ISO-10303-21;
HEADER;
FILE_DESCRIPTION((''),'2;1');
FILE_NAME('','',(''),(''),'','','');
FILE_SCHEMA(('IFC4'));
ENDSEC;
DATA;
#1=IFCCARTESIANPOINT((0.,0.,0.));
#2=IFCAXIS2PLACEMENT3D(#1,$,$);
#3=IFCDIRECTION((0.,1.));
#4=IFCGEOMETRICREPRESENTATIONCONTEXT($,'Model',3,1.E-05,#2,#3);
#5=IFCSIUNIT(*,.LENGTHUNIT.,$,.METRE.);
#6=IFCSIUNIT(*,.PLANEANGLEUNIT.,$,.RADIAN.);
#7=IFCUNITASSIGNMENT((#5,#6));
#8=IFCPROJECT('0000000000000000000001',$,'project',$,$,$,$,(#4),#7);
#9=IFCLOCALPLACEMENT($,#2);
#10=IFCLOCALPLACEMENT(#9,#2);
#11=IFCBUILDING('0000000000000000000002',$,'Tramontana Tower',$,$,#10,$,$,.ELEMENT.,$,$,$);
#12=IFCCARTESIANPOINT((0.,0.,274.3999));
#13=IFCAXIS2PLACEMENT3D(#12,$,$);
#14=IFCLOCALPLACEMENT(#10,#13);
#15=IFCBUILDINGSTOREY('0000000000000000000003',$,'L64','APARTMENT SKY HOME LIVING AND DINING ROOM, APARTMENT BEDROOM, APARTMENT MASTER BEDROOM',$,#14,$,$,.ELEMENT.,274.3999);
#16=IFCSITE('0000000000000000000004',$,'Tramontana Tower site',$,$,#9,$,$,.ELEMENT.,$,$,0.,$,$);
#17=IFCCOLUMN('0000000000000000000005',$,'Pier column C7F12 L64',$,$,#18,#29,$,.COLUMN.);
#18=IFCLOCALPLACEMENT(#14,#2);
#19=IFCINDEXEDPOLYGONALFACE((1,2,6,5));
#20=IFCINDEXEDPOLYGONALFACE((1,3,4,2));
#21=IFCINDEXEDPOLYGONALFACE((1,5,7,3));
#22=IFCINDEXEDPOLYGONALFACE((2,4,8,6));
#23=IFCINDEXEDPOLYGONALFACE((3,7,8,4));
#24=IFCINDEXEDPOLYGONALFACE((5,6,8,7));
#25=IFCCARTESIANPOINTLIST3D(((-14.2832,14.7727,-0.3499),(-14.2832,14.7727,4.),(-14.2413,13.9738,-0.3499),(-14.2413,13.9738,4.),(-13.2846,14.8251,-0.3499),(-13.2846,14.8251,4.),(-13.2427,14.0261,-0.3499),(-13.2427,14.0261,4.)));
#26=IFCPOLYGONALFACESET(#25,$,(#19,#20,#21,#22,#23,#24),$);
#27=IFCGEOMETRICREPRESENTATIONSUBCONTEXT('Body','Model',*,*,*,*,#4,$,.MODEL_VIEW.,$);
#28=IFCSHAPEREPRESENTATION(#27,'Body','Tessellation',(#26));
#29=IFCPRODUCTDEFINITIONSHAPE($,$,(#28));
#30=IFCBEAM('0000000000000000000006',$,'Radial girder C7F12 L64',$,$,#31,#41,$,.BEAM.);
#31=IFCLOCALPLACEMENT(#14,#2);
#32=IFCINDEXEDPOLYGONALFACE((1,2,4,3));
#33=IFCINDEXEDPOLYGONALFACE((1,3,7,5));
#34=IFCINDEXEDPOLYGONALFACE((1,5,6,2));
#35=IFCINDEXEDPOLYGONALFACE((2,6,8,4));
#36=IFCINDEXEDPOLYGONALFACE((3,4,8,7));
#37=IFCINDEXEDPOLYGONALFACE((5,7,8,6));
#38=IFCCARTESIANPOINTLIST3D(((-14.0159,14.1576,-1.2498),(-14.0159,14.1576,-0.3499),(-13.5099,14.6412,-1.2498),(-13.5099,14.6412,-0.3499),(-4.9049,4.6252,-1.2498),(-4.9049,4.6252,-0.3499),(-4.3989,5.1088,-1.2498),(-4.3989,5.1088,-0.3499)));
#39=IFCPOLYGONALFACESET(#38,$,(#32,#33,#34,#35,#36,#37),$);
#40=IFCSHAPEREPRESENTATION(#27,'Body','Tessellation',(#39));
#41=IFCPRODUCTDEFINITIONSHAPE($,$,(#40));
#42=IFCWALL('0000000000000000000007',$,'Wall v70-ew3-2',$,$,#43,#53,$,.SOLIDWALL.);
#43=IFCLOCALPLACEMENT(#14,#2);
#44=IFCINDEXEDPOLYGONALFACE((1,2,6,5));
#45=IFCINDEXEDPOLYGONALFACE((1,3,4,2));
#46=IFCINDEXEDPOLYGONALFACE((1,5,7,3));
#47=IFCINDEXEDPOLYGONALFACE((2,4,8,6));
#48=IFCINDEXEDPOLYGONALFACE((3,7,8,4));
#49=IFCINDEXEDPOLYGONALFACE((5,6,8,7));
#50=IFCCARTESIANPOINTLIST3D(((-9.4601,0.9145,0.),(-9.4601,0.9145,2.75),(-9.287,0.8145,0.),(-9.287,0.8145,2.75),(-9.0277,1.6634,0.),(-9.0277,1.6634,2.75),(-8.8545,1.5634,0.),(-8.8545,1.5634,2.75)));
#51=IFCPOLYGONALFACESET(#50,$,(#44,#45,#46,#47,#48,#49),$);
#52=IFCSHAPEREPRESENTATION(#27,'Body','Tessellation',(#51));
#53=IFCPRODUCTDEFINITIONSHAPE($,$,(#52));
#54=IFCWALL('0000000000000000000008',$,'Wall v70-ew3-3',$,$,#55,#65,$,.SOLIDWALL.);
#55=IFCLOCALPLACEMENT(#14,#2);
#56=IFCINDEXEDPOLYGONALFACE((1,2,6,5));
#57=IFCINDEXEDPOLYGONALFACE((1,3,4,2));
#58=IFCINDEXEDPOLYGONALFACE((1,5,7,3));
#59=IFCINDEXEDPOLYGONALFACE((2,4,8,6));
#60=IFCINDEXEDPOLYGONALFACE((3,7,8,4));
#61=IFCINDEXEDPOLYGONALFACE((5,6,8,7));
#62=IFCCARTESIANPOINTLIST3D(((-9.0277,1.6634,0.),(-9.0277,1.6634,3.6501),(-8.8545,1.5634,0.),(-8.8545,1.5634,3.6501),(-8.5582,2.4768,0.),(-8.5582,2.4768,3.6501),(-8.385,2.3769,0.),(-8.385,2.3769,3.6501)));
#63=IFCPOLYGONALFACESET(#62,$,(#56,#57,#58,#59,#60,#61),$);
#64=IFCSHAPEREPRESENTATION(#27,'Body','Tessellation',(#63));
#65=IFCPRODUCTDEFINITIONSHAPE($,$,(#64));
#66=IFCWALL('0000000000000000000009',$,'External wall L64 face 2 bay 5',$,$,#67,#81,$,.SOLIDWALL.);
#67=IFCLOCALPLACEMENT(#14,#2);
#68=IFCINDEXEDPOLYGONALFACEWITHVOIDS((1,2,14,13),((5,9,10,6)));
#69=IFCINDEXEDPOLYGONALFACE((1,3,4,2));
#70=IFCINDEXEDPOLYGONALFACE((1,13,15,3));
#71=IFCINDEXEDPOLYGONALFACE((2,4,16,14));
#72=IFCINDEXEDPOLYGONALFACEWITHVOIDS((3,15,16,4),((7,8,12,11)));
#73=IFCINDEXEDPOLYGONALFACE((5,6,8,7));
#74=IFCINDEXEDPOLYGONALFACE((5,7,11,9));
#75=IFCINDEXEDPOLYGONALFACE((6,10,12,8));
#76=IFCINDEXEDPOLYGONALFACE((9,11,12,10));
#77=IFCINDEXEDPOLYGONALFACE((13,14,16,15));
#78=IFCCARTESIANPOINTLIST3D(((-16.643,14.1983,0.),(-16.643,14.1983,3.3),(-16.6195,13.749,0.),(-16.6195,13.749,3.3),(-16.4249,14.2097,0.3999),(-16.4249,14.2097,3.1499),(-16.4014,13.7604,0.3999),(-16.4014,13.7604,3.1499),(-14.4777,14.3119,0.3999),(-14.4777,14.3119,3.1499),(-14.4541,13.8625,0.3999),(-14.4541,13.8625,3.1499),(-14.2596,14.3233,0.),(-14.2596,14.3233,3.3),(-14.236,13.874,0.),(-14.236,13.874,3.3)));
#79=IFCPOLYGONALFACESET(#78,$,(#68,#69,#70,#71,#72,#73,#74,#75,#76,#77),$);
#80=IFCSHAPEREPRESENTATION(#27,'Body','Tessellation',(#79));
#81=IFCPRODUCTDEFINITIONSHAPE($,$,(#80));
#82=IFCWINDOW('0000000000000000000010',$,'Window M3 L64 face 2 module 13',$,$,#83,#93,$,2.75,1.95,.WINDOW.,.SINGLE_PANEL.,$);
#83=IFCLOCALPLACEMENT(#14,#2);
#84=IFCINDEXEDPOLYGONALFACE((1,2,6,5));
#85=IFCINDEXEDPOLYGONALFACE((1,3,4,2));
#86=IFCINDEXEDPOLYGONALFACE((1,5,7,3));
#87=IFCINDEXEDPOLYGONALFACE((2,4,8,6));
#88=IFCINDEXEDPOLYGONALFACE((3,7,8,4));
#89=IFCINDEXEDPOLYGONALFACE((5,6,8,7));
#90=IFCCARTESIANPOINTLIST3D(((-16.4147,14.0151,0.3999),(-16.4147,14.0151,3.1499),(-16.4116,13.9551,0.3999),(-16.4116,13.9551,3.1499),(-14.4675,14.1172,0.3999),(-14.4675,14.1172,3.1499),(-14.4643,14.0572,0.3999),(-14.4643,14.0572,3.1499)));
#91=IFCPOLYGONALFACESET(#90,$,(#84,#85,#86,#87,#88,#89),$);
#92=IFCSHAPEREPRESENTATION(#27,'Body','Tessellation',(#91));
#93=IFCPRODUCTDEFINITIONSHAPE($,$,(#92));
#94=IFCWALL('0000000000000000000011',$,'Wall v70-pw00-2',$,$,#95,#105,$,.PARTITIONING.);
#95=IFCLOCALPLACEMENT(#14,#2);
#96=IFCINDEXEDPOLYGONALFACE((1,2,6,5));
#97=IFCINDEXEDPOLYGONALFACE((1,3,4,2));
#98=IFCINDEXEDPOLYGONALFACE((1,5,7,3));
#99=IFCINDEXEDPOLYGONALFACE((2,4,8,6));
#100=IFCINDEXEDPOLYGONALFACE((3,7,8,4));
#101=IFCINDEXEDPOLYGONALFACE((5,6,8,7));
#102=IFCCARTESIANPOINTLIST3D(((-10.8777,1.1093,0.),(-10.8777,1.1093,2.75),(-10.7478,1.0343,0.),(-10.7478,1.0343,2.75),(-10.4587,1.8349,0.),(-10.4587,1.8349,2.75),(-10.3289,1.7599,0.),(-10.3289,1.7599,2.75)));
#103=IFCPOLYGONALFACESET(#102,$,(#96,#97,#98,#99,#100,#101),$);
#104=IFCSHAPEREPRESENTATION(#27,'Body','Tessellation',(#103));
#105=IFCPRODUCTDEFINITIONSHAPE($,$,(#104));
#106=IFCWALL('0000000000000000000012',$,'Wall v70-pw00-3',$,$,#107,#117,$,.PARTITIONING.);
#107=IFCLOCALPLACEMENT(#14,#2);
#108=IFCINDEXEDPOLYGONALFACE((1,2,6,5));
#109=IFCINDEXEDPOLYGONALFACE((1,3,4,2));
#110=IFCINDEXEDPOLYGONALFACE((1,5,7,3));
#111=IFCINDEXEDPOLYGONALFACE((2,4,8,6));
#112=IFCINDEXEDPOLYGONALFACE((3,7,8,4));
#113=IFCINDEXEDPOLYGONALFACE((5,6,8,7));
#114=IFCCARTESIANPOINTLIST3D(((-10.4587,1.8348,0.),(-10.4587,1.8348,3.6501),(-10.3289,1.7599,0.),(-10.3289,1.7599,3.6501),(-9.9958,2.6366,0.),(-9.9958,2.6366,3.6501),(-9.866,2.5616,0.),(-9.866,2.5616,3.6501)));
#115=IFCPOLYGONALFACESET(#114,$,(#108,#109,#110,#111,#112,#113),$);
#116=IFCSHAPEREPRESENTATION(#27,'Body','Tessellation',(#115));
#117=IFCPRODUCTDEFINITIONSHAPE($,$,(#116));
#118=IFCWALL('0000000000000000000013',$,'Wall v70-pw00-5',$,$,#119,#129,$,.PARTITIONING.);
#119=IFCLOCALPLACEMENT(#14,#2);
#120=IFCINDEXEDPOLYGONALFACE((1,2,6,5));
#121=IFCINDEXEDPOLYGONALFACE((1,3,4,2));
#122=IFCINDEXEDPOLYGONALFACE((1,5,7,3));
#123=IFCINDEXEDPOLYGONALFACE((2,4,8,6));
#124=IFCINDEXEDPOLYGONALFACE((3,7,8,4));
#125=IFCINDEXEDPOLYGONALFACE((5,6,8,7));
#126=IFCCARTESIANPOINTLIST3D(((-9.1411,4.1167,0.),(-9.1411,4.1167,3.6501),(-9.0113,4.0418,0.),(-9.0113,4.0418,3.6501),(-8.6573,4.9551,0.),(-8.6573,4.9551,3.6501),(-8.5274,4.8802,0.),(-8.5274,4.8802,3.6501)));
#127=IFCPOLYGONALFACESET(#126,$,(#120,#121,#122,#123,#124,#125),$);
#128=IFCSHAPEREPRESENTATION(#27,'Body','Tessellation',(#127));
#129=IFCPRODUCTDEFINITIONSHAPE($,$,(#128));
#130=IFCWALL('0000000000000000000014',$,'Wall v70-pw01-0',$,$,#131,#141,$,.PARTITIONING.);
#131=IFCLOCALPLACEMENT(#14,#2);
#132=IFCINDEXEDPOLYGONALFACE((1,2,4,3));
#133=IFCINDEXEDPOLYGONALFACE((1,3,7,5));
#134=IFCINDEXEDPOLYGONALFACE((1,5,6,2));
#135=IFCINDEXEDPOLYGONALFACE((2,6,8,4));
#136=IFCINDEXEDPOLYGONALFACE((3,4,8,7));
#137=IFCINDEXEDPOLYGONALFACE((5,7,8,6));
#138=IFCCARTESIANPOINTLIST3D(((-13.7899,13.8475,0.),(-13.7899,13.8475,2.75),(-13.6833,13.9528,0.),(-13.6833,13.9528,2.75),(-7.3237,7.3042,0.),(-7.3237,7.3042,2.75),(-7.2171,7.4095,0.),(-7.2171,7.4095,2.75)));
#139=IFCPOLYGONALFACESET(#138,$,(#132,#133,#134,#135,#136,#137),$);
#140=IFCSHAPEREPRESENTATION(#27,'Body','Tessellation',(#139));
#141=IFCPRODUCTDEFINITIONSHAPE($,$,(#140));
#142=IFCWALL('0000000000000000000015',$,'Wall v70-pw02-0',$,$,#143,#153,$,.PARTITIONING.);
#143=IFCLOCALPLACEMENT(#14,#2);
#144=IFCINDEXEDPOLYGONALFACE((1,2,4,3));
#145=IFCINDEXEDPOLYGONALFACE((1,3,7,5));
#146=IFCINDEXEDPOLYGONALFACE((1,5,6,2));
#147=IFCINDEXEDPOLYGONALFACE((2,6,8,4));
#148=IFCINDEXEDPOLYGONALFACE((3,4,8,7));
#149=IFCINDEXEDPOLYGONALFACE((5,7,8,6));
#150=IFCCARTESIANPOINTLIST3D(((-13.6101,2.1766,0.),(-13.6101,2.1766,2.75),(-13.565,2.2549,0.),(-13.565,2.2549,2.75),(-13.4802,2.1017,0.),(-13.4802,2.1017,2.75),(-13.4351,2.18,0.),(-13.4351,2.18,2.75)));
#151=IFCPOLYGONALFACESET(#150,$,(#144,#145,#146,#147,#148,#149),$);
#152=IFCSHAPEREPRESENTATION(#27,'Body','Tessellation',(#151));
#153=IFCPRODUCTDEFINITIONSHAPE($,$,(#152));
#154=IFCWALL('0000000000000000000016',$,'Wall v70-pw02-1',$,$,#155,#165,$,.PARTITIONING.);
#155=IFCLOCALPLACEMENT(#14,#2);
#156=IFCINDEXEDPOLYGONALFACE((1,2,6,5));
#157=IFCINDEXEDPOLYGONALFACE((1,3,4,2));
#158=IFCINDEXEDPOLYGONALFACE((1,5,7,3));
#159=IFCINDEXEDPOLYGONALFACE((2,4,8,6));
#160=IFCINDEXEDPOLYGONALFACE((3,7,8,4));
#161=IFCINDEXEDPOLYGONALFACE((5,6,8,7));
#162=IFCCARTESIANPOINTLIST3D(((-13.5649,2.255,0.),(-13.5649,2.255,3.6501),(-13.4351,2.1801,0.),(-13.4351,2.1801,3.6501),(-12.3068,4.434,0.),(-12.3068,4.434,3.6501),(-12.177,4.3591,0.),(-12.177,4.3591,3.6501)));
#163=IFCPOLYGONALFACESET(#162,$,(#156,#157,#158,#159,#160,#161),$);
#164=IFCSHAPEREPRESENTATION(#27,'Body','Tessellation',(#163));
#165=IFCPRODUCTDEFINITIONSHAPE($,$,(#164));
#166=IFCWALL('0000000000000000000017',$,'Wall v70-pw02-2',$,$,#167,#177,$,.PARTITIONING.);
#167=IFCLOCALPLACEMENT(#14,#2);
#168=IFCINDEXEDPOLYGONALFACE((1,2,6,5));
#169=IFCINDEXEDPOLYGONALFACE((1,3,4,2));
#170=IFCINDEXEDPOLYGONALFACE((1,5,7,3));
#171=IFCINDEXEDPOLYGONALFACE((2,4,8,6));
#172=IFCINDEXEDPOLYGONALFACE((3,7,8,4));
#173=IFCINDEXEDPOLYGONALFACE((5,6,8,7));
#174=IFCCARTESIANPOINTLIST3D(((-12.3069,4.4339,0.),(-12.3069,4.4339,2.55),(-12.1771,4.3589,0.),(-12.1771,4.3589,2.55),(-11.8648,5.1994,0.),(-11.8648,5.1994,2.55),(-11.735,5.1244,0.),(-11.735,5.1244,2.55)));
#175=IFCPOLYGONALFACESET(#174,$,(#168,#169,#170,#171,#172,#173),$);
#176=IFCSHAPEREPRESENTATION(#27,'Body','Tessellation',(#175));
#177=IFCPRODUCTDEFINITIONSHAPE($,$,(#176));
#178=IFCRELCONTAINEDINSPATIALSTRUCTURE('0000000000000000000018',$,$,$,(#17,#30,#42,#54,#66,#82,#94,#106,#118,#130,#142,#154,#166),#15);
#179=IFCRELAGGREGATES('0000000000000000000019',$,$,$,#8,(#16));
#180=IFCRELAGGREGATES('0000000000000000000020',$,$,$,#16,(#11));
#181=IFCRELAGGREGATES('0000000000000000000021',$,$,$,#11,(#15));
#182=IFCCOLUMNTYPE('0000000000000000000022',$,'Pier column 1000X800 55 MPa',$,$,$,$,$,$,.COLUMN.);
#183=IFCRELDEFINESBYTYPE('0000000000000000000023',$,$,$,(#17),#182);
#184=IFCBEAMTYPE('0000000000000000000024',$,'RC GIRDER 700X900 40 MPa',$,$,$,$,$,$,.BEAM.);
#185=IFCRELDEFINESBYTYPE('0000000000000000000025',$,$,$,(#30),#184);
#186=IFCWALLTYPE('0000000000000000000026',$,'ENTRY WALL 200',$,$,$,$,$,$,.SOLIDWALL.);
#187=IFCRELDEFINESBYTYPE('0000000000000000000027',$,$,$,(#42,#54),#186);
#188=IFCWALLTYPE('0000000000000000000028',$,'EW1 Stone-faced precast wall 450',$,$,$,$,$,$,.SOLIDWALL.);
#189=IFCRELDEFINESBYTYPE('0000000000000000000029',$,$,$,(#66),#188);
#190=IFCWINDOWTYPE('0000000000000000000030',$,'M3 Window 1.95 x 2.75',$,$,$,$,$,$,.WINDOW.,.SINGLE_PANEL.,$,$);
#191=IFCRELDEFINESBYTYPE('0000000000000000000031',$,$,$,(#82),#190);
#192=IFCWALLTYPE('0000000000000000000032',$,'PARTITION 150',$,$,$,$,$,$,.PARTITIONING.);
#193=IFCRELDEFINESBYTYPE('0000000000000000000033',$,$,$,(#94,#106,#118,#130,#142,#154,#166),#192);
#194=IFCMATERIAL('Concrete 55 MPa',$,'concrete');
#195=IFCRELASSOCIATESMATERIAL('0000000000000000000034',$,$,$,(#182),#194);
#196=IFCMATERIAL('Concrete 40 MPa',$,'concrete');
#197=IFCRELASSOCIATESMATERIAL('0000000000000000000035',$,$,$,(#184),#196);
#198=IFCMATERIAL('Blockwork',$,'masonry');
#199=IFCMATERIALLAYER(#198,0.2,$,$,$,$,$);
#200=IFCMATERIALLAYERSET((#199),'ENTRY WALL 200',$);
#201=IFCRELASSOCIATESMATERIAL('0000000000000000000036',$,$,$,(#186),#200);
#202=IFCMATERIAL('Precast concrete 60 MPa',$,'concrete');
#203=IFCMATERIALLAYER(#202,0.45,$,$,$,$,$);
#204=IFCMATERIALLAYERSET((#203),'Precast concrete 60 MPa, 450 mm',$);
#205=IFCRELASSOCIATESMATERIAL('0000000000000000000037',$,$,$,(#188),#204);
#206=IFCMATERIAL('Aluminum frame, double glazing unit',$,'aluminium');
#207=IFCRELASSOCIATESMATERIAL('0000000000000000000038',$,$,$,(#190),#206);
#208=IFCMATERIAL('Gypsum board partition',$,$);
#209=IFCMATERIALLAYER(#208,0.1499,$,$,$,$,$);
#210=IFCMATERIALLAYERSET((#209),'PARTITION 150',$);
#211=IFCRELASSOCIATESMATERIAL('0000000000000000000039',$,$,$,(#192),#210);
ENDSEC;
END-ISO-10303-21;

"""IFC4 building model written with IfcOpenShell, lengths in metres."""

from ifc_helpers import new_model, si_unit, direction, frame, frame_2d, origin, origin_2d, place, context, subcontext, project, spatial, rectangle, extrude, material, layer, layer_set, material_profile, profile_set, type_object, element, fill, save


model = new_model("IFC4")

# Units and contexts
model_context = context("Model", 3, precision=1e-05, world=origin(), true_north=direction((0.0, 1.0)))
body_context = subcontext(model_context, "Body", "Model", "MODEL_VIEW")
ifc_project = project(units=[si_unit("LENGTHUNIT", "METRE"), si_unit("PLANEANGLEUNIT", "RADIAN")], contexts=[model_context])

# Site, building, storey
site_placement = place(None, origin())
site = spatial("IfcSite", under=ifc_project, at=site_placement, Name="Tramontana Tower site", CompositionType="ELEMENT", RefElevation=0.0)
building_placement = place(site_placement, origin())
building = spatial("IfcBuilding", under=site, at=building_placement, Name="Tramontana Tower", CompositionType="ELEMENT")
storey_placement = place(building_placement, frame((0.0, 0.0, 274.3999)))
storey = spatial("IfcBuildingStorey", under=building, at=storey_placement, Name="L64", Description="APARTMENT SKY HOME LIVING AND DINING ROOM, APARTMENT BEDROOM, APARTMENT MASTER BEDROOM", CompositionType="ELEMENT", Elevation=274.3999)

# Column
ifc_material_1 = material(Name="Concrete 55 MPa", Category="concrete")
ifc_material_profile_1 = material_profile(ifc_material_1, rectangle(XDim=1.0, YDim=0.8, at=origin_2d()), Name="Pier column 1000X800 55 MPa")
ifc_profile_set_1 = profile_set([ifc_material_profile_1], Name="Concrete 55 MPa")
column_type = type_object("IfcColumnType", Name="Pier column 1000X800 55 MPa", PredefinedType="COLUMN", material=ifc_profile_set_1)
column_placement = place(storey_placement, frame((-13.7629, 14.3994, -0.3499), z_axis=(0.0, 0.0, 1.0), x_axis=(-0.99863, -0.052336, 0.0)))
element("IfcColumn", 1, at=column_placement, inside=storey, type_object=column_type, Name="Pier column C7F12 L64", PredefinedType="COLUMN", context=body_context, shape_type="SweptSolid", body=[
    extrude(rectangle(XDim=1.0, YDim=0.8, at=origin_2d()), origin(), (0.0, 0.0, 1.0), 4.3499),
])

# Beam
ifc_material_2 = material(Name="Concrete 40 MPa", Category="concrete")
ifc_material_profile_2 = material_profile(ifc_material_2, rectangle(XDim=0.7, YDim=0.8999, at=origin_2d()), Name="RC GIRDER 700X900 40 MPa")
ifc_profile_set_2 = profile_set([ifc_material_profile_2], Name="Concrete 40 MPa")
beam_type = type_object("IfcBeamType", Name="RC GIRDER 700X900 40 MPa", PredefinedType="BEAM", material=ifc_profile_set_2)
beam_placement = place(storey_placement, frame((-13.7629, 14.3994, -0.7998), z_axis=(0.690948, -0.722904, 0.0), x_axis=(0.722904, 0.690948, 0.0)))
element("IfcBeam", 2, at=beam_placement, inside=storey, type_object=beam_type, Name="Radial girder C7F12 L64", PredefinedType="BEAM", context=body_context, shape_type="SweptSolid", body=[
    extrude(rectangle(XDim=0.7, YDim=0.8999, at=origin_2d()), origin(), (0.0, 0.0, 1.0), 13.1863),
])

# Walls
ifc_material_3 = material(Name="Blockwork", Category="masonry")
ifc_layer_1 = layer(ifc_material_3, 0.2)
ifc_layer_set_1 = layer_set([ifc_layer_1], Name="ENTRY WALL 200")
wall_type_1 = type_object("IfcWallType", Name="ENTRY WALL 200", PredefinedType="SOLIDWALL", material=ifc_layer_set_1)
wall_1_placement = place(storey_placement, frame((-9.3735, 0.8645, 0.0), z_axis=(0.0, 0.0, 1.0), x_axis=(0.500056, 0.865993, 0.0)))
element("IfcWall", 3, at=wall_1_placement, inside=storey, type_object=wall_type_1, Name="Wall v70-ew3-2", PredefinedType="SOLIDWALL", context=body_context, shape_type="SweptSolid", body=[
    extrude(rectangle(XDim=0.8647, YDim=0.2, at=frame_2d((0.4324, 0.0))), origin(), (0.0, 0.0, 1.0), 2.75),
])
wall_2_placement = place(storey_placement, frame((-8.9412, 1.6133, 0.0), z_axis=(0.0, 0.0, 1.0), x_axis=(0.499857, 0.866108, 0.0)))
element("IfcWall", 4, at=wall_2_placement, inside=storey, type_object=wall_type_1, Name="Wall v70-ew3-3", PredefinedType="SOLIDWALL", context=body_context, shape_type="SweptSolid", body=[
    extrude(rectangle(XDim=0.9392, YDim=0.2, at=frame_2d((0.4697, 0.0))), origin(), (0.0, 0.0, 1.0), 3.6501),
])

# Wall, opening, window
ifc_material_4 = material(Name="Precast concrete 60 MPa", Category="concrete")
ifc_layer_2 = layer(ifc_material_4, 0.45)
ifc_layer_set_2 = layer_set([ifc_layer_2], Name="Precast concrete 60 MPa, 450 mm")
wall_type_2 = type_object("IfcWallType", Name="EW1 Stone-faced precast wall 450", PredefinedType="SOLIDWALL", material=ifc_layer_set_2)
wall_3_placement = place(storey_placement, frame((-14.2478, 14.0986, 0.0), z_axis=(0.0, 0.0, 1.0), x_axis=(-0.998628, -0.052371, 0.0)))
wall_3 = element("IfcWall", 5, at=wall_3_placement, inside=storey, type_object=wall_type_2, Name="External wall L64 face 2 bay 5", PredefinedType="SOLIDWALL", context=body_context, shape_type="SweptSolid", body=[
    extrude(rectangle(XDim=2.3867, YDim=0.45, at=frame_2d((1.1934, 0.0))), origin(), (0.0, 0.0, 1.0), 3.3),
])
opening_1_placement = place(wall_3_placement, frame((0.2183, 0.0, 0.3999)))
opening_1 = element("IfcOpeningElement", 6, at=opening_1_placement, cuts=wall_3, PredefinedType="OPENING", context=body_context, shape_type="SweptSolid", body=[
    extrude(rectangle(XDim=1.95, YDim=2.75, at=frame_2d((0.9751, 1.375))), frame((0.0, 0.2349, 0.0), z_axis=(0.0, -1.0, 0.0), x_axis=(1.0, 0.0, 0.0)), (0.0, 0.0, 1.0), 0.47),
])
ifc_material_5 = material(Name="Aluminum frame, double glazing unit", Category="aluminium")
window_type = type_object("IfcWindowType", Name="M3 Window 1.95 x 2.75", PartitioningType="SINGLE_PANEL", PredefinedType="WINDOW", material=ifc_material_5)
window_placement = place(opening_1_placement, origin())
window = element("IfcWindow", 7, at=window_placement, inside=storey, type_object=window_type, Name="Window M3 L64 face 2 module 13", OverallHeight=2.75, OverallWidth=1.95, PartitioningType="SINGLE_PANEL", PredefinedType="WINDOW", context=body_context, shape_type="SweptSolid", body=[
    extrude(rectangle(XDim=1.95, YDim=2.75, at=frame_2d((0.9751, 1.375))), frame((0.0, 0.03, 0.0), z_axis=(0.0, -1.0, 0.0), x_axis=(1.0, 0.0, 0.0)), (0.0, 0.0, 1.0), 0.0601),
])
fill(opening_1, window)

# Walls
ifc_material_6 = material(Name="Gypsum board partition")
ifc_layer_3 = layer(ifc_material_6, 0.1499)
ifc_layer_set_3 = layer_set([ifc_layer_3], Name="PARTITION 150")
wall_type_3 = type_object("IfcWallType", Name="PARTITION 150", PredefinedType="PARTITIONING", material=ifc_layer_set_3)
wall_4_placement = place(storey_placement, frame((-10.8127, 1.0718, 0.0), z_axis=(0.0, 0.0, 1.0), x_axis=(0.500025, 0.866011, 0.0)))
element("IfcWall", 8, at=wall_4_placement, inside=storey, type_object=wall_type_3, Name="Wall v70-pw00-2", PredefinedType="PARTITIONING", context=body_context, shape_type="SweptSolid", body=[
    extrude(rectangle(XDim=0.8379, YDim=0.1499, at=frame_2d((0.4189, 0.0))), origin(), (0.0, 0.0, 1.0), 2.75),
])
wall_5_placement = place(storey_placement, frame((-10.3938, 1.7974, 0.0), z_axis=(0.0, 0.0, 1.0), x_axis=(0.499996, 0.866027, 0.0)))
element("IfcWall", 9, at=wall_5_placement, inside=storey, type_object=wall_type_3, Name="Wall v70-pw00-3", PredefinedType="PARTITIONING", context=body_context, shape_type="SweptSolid", body=[
    extrude(rectangle(XDim=0.9258, YDim=0.1499, at=frame_2d((0.4629, 0.0))), origin(), (0.0, 0.0, 1.0), 3.6501),
])

# Wall
wall_6_placement = place(storey_placement, frame((-9.0762, 4.0793, 0.0), z_axis=(0.0, 0.0, 1.0), x_axis=(0.499883, 0.866093, 0.0)))
element("IfcWall", 10, at=wall_6_placement, inside=storey, type_object=wall_type_3, Name="Wall v70-pw00-5", PredefinedType="PARTITIONING", context=body_context, shape_type="SweptSolid", body=[
    extrude(rectangle(XDim=0.968, YDim=0.1499, at=frame_2d((0.4839, 0.0))), origin(), (0.0, 0.0, 1.0), 3.6501),
])

# Walls
wall_7_placement = place(storey_placement, frame((-13.7366, 13.9001, 0.0), z_axis=(0.0, 0.0, 1.0), x_axis=(0.702901, -0.711288, 0.0)))
element("IfcWall", 11, at=wall_7_placement, inside=storey, type_object=wall_type_3, Name="Wall v70-pw01-0", PredefinedType="PARTITIONING", context=body_context, shape_type="SweptSolid", body=[
    extrude(rectangle(XDim=9.1992, YDim=0.1499, at=frame_2d((4.5996, 0.0))), origin(), (0.0, 0.0, 1.0), 2.75),
])
wall_8_placement = place(storey_placement, frame((-13.5452, 2.1392, 0.0), z_axis=(0.0, 0.0, 1.0), x_axis=(0.499333, 0.86641, 0.0)))
element("IfcWall", 12, at=wall_8_placement, inside=storey, type_object=wall_type_3, Name="Wall v70-pw02-0", PredefinedType="PARTITIONING", context=body_context, shape_type="SweptSolid", body=[
    extrude(rectangle(XDim=0.0903, YDim=0.1499, at=frame_2d((0.0452, 0.0))), origin(), (0.0, 0.0, 1.0), 2.75),
])
wall_9_placement = place(storey_placement, frame((-13.5, 2.2175, 0.0), z_axis=(0.0, 0.0, 1.0), x_axis=(0.500011, 0.866019, 0.0)))
element("IfcWall", 13, at=wall_9_placement, inside=storey, type_object=wall_type_3, Name="Wall v70-pw02-1", PredefinedType="PARTITIONING", context=body_context, shape_type="SweptSolid", body=[
    extrude(rectangle(XDim=2.5161, YDim=0.1499, at=frame_2d((1.2581, 0.0))), origin(), (0.0, 0.0, 1.0), 3.6501),
])
wall_10_placement = place(storey_placement, frame((-12.2419, 4.3965, 0.0), z_axis=(0.0, 0.0, 1.0), x_axis=(0.500089, 0.865974, 0.0)))
element("IfcWall", 14, at=wall_10_placement, inside=storey, type_object=wall_type_3, Name="Wall v70-pw02-2", PredefinedType="PARTITIONING", context=body_context, shape_type="SweptSolid", body=[
    extrude(rectangle(XDim=0.884, YDim=0.1499, at=frame_2d((0.4419, 0.0))), origin(), (0.0, 0.0, 1.0), 2.55),
])

save(model, "model.ifc")
